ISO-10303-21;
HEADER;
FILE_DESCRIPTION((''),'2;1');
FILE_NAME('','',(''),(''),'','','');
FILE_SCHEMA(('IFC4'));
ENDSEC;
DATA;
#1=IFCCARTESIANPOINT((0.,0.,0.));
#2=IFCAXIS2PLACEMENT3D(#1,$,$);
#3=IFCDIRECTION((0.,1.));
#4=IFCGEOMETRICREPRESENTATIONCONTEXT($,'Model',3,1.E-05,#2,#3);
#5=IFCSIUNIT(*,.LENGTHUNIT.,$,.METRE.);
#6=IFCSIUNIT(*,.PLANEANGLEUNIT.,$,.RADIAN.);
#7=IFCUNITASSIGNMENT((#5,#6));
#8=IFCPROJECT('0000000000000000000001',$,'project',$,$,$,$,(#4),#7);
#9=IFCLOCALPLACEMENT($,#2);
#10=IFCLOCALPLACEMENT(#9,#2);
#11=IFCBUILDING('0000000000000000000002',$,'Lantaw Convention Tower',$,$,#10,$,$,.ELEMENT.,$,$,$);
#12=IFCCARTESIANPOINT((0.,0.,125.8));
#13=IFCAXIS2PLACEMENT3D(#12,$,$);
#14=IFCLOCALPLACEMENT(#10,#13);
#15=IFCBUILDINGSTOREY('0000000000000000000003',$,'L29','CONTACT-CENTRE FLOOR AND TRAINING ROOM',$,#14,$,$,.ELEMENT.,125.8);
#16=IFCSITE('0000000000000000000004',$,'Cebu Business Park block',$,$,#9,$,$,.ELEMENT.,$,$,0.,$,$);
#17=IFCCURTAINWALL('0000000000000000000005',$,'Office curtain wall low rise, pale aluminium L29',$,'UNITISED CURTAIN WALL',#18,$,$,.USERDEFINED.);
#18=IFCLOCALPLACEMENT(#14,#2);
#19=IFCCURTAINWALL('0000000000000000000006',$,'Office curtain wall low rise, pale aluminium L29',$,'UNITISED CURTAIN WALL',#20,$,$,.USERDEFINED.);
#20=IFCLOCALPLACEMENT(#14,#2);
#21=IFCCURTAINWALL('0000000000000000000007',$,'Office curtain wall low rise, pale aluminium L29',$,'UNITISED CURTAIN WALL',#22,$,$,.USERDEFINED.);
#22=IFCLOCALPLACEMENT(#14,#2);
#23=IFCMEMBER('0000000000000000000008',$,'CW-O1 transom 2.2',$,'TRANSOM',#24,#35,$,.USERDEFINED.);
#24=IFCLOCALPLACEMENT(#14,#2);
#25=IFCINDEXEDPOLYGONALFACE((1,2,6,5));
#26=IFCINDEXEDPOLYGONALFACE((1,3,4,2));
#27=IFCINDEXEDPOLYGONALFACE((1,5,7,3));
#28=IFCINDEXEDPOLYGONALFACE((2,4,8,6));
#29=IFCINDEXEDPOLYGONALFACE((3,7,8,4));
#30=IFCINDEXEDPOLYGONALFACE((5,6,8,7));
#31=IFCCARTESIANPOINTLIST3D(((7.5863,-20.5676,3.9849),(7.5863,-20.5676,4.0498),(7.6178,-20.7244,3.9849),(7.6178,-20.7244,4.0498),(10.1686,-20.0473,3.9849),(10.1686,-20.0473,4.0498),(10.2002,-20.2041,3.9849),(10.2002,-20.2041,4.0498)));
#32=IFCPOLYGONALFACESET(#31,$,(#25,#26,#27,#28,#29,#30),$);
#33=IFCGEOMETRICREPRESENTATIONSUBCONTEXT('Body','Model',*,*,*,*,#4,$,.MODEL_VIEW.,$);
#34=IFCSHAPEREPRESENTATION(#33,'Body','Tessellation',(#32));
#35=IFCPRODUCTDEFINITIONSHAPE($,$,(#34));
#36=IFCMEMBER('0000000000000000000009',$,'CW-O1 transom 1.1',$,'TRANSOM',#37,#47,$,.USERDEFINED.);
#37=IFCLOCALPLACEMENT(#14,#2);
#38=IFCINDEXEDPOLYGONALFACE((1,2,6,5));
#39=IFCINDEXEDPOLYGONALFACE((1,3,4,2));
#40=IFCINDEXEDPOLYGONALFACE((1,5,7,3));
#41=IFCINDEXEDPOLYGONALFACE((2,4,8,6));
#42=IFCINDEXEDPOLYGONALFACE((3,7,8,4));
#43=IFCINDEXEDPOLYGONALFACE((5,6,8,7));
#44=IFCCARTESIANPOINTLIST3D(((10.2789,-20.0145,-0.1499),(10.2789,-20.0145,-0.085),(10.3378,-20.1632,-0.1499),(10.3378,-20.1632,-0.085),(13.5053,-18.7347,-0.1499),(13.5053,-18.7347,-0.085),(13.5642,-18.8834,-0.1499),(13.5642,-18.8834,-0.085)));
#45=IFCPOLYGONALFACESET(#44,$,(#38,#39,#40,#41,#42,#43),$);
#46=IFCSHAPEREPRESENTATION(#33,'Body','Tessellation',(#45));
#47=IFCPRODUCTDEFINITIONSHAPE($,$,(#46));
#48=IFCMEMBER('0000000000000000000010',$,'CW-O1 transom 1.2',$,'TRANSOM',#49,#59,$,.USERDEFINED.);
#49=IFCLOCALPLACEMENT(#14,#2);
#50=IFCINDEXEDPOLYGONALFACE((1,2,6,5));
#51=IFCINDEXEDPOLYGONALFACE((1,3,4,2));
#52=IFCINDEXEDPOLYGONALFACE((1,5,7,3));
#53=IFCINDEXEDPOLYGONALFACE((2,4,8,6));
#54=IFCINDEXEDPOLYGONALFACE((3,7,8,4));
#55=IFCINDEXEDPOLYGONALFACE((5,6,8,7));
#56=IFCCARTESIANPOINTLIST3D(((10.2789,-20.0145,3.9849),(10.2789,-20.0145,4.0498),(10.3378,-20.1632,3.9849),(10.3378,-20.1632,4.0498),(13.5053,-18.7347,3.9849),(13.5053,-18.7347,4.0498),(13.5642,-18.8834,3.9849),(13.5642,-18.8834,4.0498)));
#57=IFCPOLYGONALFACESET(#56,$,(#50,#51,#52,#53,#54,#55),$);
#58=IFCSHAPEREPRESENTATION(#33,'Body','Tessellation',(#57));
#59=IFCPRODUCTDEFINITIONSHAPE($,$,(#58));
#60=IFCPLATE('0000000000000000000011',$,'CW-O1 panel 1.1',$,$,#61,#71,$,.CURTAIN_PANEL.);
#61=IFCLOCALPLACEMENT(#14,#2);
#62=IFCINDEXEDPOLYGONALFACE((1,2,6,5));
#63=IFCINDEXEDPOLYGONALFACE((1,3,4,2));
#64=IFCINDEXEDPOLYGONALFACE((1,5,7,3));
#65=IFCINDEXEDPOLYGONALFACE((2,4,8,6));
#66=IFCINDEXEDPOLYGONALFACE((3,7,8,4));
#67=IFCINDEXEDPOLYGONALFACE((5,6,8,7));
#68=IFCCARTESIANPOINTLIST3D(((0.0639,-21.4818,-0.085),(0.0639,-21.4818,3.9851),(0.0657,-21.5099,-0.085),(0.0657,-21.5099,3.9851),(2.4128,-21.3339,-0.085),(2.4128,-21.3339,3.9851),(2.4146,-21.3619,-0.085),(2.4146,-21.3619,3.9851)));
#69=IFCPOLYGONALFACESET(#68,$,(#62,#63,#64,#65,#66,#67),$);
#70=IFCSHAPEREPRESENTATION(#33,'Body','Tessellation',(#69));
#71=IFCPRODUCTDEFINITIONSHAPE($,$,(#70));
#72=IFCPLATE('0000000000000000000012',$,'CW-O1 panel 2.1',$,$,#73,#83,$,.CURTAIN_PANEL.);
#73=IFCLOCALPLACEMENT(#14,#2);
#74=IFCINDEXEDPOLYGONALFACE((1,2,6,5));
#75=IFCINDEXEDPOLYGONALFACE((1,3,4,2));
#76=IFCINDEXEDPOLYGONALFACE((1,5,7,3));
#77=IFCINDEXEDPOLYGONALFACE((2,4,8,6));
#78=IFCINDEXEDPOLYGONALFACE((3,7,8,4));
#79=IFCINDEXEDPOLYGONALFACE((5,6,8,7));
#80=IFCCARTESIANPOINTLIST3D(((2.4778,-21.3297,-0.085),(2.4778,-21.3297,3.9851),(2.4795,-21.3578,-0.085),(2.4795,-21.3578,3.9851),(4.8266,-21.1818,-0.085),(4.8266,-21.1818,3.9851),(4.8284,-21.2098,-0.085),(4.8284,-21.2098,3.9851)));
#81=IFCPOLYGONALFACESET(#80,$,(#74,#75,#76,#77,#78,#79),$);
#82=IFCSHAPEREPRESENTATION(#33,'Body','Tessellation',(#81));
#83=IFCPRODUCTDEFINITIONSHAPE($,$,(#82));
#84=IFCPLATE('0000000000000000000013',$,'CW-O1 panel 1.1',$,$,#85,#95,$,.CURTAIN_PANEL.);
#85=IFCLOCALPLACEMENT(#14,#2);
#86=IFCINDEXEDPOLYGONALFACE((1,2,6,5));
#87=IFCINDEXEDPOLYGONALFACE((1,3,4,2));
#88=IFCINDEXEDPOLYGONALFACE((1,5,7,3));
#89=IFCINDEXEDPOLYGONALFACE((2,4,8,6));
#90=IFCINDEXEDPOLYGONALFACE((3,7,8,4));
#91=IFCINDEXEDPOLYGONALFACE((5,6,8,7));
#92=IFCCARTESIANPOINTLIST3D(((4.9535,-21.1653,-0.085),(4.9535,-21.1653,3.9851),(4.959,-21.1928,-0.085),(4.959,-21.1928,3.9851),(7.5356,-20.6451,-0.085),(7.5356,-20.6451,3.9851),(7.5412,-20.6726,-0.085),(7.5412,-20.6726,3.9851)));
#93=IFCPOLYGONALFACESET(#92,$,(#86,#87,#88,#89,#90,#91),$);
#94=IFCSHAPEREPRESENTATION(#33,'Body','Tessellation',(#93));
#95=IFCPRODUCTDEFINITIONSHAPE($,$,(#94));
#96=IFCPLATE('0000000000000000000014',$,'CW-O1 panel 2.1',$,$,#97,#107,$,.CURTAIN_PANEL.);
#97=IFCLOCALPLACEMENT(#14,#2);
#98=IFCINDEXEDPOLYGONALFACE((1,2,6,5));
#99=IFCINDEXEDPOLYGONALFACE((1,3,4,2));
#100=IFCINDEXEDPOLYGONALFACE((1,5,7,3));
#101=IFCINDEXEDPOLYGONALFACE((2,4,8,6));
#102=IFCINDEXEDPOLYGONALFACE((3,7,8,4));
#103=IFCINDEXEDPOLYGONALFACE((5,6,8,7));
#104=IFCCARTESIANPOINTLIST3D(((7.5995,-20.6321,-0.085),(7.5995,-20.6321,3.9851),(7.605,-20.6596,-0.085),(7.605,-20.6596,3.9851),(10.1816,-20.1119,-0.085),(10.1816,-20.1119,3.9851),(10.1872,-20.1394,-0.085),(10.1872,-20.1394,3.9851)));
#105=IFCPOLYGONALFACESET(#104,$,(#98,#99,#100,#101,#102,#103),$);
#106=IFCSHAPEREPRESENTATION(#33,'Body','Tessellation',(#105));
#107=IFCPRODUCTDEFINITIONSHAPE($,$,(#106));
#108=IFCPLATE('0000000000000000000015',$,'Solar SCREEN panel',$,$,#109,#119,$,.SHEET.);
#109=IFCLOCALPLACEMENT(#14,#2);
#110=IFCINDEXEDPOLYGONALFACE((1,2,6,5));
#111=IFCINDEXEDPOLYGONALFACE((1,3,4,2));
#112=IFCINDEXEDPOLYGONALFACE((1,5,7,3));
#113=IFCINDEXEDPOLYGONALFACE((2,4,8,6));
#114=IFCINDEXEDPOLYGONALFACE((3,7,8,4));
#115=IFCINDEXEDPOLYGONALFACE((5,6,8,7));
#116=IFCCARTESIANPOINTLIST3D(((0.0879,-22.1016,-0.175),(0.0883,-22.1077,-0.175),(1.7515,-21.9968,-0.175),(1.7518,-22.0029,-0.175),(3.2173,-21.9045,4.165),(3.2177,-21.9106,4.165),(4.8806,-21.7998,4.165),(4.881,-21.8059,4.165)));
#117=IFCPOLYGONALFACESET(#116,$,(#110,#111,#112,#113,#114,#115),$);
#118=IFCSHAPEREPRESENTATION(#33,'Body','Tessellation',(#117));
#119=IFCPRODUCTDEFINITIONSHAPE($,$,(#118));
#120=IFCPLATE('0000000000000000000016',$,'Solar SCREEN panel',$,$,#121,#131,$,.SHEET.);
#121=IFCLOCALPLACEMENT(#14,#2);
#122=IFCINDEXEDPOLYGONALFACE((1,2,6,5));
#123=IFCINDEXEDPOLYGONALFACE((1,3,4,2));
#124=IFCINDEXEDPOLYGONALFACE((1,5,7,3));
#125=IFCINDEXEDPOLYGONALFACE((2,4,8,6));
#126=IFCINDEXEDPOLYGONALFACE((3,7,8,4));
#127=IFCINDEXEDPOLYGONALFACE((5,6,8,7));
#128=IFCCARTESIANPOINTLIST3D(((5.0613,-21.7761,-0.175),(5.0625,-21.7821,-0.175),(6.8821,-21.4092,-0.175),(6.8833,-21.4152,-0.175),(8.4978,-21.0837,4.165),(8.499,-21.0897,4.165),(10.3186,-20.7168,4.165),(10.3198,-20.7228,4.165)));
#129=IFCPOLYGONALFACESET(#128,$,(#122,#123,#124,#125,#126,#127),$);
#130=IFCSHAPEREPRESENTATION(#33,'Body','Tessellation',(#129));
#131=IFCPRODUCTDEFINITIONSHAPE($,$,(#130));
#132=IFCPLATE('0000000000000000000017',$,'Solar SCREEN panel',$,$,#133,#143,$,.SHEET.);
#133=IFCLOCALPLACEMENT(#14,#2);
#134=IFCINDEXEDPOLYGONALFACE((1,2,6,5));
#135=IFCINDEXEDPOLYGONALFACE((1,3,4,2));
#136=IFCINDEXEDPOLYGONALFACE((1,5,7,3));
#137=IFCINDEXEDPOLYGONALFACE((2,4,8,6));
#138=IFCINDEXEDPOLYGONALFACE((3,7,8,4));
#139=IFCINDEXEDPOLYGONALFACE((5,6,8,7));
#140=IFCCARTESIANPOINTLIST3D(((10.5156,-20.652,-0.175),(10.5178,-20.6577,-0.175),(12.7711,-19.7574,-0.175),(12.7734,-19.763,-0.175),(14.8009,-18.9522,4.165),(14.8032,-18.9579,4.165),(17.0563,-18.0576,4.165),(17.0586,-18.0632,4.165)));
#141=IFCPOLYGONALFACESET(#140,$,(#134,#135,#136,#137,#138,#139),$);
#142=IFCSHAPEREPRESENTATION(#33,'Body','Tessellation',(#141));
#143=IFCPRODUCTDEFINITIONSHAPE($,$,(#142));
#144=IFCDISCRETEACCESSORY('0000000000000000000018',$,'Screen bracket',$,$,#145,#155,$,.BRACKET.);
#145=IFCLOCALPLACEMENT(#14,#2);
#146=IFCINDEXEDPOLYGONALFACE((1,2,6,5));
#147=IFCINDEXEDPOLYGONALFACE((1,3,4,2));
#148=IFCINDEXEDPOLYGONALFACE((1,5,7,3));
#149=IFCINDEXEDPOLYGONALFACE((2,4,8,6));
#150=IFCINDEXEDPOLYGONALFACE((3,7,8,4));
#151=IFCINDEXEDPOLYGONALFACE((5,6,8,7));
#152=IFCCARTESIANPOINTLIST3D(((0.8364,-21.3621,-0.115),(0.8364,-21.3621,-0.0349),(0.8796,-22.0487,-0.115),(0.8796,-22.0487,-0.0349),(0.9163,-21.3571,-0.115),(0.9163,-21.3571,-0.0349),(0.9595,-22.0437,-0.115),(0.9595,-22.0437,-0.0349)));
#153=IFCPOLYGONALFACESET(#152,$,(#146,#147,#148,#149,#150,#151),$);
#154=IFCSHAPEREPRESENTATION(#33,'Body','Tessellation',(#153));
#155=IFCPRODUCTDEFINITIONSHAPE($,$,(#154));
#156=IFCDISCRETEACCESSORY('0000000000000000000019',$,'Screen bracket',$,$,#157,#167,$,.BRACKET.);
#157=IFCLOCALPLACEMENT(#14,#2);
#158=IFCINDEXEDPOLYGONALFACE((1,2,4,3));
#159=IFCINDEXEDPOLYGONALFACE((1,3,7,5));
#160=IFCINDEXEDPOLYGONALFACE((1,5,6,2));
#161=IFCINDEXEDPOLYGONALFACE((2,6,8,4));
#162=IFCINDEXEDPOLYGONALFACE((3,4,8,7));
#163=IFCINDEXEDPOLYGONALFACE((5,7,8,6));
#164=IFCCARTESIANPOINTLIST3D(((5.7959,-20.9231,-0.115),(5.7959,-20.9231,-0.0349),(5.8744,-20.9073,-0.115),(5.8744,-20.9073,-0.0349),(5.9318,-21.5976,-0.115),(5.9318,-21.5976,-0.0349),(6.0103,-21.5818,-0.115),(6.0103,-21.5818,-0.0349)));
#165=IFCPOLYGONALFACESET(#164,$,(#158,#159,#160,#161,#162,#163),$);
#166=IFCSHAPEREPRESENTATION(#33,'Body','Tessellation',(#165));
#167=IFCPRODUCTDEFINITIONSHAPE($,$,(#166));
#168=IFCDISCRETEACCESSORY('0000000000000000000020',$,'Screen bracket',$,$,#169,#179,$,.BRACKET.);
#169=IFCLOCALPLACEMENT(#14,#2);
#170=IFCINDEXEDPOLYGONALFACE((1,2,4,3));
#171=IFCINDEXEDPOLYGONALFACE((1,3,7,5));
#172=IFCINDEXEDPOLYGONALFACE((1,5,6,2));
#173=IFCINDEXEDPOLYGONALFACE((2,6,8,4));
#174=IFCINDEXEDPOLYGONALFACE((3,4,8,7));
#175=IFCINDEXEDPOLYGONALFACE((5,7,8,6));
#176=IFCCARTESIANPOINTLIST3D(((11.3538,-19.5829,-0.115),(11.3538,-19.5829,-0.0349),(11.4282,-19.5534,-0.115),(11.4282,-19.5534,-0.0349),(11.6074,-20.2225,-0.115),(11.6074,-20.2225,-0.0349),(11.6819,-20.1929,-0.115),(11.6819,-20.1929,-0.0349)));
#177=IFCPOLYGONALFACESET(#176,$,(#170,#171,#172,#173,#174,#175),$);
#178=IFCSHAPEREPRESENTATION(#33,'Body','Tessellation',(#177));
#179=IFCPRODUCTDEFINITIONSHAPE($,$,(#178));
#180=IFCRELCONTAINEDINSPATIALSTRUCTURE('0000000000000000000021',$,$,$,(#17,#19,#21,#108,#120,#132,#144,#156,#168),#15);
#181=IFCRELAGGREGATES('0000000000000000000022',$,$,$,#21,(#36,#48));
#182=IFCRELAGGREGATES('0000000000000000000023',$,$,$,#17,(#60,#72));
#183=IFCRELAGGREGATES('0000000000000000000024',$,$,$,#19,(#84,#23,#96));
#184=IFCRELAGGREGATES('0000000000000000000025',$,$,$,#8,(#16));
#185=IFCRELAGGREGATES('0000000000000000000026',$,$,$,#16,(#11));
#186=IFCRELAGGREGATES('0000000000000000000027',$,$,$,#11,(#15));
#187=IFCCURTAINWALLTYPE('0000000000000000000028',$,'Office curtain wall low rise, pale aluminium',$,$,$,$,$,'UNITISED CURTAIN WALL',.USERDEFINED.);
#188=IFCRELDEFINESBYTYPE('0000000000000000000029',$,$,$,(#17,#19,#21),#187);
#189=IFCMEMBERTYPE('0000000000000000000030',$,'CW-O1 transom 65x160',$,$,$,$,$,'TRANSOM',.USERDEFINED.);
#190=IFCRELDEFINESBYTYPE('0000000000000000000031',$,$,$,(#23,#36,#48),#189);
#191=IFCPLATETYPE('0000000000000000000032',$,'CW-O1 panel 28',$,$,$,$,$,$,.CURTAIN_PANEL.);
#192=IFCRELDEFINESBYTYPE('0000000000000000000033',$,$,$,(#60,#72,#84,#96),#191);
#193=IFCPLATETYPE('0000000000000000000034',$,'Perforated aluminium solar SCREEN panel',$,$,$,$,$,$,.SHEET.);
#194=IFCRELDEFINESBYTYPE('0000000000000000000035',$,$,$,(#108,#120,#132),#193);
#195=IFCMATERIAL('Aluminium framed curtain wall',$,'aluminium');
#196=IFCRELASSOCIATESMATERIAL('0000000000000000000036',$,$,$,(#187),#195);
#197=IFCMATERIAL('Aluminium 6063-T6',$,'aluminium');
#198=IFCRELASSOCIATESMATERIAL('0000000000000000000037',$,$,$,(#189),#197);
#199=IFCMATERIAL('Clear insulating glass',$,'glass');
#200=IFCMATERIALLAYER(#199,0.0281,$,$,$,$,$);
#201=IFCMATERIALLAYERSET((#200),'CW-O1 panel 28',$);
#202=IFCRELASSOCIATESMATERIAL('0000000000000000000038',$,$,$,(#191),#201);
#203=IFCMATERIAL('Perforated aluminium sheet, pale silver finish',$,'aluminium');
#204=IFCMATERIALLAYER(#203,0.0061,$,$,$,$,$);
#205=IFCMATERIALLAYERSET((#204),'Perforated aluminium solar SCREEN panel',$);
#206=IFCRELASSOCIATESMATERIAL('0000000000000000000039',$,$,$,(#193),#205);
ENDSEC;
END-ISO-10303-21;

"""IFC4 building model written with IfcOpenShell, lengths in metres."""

from ifc_helpers import new_model, si_unit, direction, frame, origin, origin_2d, place, context, subcontext, project, spatial, polyline, rectangle, outline, extrude, material, layer, layer_set, material_profile, profile_set, type_object, element, aggregate, save


model = new_model("IFC4")

# Units and contexts
model_context = context("Model", 3, precision=1e-05, world=origin(), true_north=direction((0.0, 1.0)))
body_context = subcontext(model_context, "Body", "Model", "MODEL_VIEW")
ifc_project = project(units=[si_unit("LENGTHUNIT", "METRE"), si_unit("PLANEANGLEUNIT", "RADIAN")], contexts=[model_context])

# Site, building, storey
site_placement = place(None, origin())
site = spatial("IfcSite", under=ifc_project, at=site_placement, Name="Cebu Business Park block", CompositionType="ELEMENT", RefElevation=0.0)
building_placement = place(site_placement, origin())
building = spatial("IfcBuilding", under=site, at=building_placement, Name="Lantaw Convention Tower", CompositionType="ELEMENT")
storey_placement = place(building_placement, frame((0.0, 0.0, 125.8)))
storey = spatial("IfcBuildingStorey", under=building, at=storey_placement, Name="L29", Description="CONTACT-CENTRE FLOOR AND TRAINING ROOM", CompositionType="ELEMENT", Elevation=125.8)

# Curtain walls
ifc_material_1 = material(Name="Aluminium framed curtain wall", Category="aluminium")
curtain_wall_type = type_object("IfcCurtainWallType", Name="Office curtain wall low rise, pale aluminium", ElementType="UNITISED CURTAIN WALL", PredefinedType="USERDEFINED", material=ifc_material_1)
curtain_wall_1_placement = place(storey_placement, origin())
curtain_wall_1 = element("IfcCurtainWall", 1, at=curtain_wall_1_placement, inside=storey, type_object=curtain_wall_type, Name="Office curtain wall low rise, pale aluminium L29", ObjectType="UNITISED CURTAIN WALL", PredefinedType="USERDEFINED")
ifc_material_2 = material(Name="Aluminium 6063-T6", Category="aluminium")
curtain_wall_2_placement = place(storey_placement, origin())
curtain_wall_2 = element("IfcCurtainWall", 2, at=curtain_wall_2_placement, inside=storey, type_object=curtain_wall_type, Name="Office curtain wall low rise, pale aluminium L29", ObjectType="UNITISED CURTAIN WALL", PredefinedType="USERDEFINED")

# Curtain wall
curtain_wall_3_placement = place(storey_placement, origin())
curtain_wall_3 = element("IfcCurtainWall", 3, at=curtain_wall_3_placement, inside=storey, type_object=curtain_wall_type, Name="Office curtain wall low rise, pale aluminium L29", ObjectType="UNITISED CURTAIN WALL", PredefinedType="USERDEFINED")

# Members
ifc_material_profile_1 = material_profile(ifc_material_2, rectangle(XDim=0.1599, YDim=0.0649, at=origin_2d()), Name="CW-O1 transom 65x160")
ifc_profile_set_1 = profile_set([ifc_material_profile_1], Name="Aluminium 6063-T6")
member_type_1 = type_object("IfcMemberType", Name="CW-O1 transom 65x160", ElementType="TRANSOM", PredefinedType="USERDEFINED", material=ifc_profile_set_1)
member_1_placement = place(storey_placement, frame((7.6021, -20.646, 4.0173), z_axis=(0.980302, 0.197506, 0.0), x_axis=(-0.197506, 0.980302, 0.0)))
member_1 = element("IfcMember", 4, at=member_1_placement, type_object=member_type_1, Name="CW-O1 transom 2.2", ObjectType="TRANSOM", PredefinedType="USERDEFINED", context=body_context, shape_type="SweptSolid", body=[
    extrude(rectangle(XDim=0.1599, YDim=0.0649, at=origin_2d()), origin(), (0.0, 0.0, 1.0), 2.6343),
])
member_2_placement = place(storey_placement, frame((10.3083, -20.0889, -0.1174), z_axis=(0.92954, 0.368721, 0.0), x_axis=(-0.368721, 0.92954, 0.0)))
member_2 = element("IfcMember", 5, at=member_2_placement, type_object=member_type_1, Name="CW-O1 transom 1.1", ObjectType="TRANSOM", PredefinedType="USERDEFINED", context=body_context, shape_type="SweptSolid", body=[
    extrude(rectangle(XDim=0.1599, YDim=0.0649, at=origin_2d()), origin(), (0.0, 0.0, 1.0), 3.4709),
])
member_3_placement = place(storey_placement, frame((10.3083, -20.0889, 4.0173), z_axis=(0.92954, 0.368721, 0.0), x_axis=(-0.368721, 0.92954, 0.0)))
member_3 = element("IfcMember", 6, at=member_3_placement, type_object=member_type_1, Name="CW-O1 transom 1.2", ObjectType="TRANSOM", PredefinedType="USERDEFINED", context=body_context, shape_type="SweptSolid", body=[
    extrude(rectangle(XDim=0.1599, YDim=0.0649, at=origin_2d()), origin(), (0.0, 0.0, 1.0), 3.4709),
])
aggregate(curtain_wall_3, [member_2, member_3])

# Plates
ifc_material_3 = material(Name="Clear insulating glass", Category="glass")
ifc_layer_1 = layer(ifc_material_3, 0.0281)
ifc_layer_set_1 = layer_set([ifc_layer_1], Name="CW-O1 panel 28")
plate_type_1 = type_object("IfcPlateType", Name="CW-O1 panel 28", PredefinedType="CURTAIN_PANEL", material=ifc_layer_set_1)
plate_1_placement = place(storey_placement, frame((1.2393, -21.4219, -0.085), z_axis=(0.0, 0.0, 1.0), x_axis=(0.998022, 0.062865, 0.0)))
plate_1 = element("IfcPlate", 7, at=plate_1_placement, type_object=plate_type_1, Name="CW-O1 panel 1.1", PredefinedType="CURTAIN_PANEL", context=body_context, shape_type="SweptSolid", body=[
    extrude(rectangle(XDim=2.3535, YDim=0.0281, at=origin_2d()), origin(), (0.0, 0.0, 1.0), 4.0701),
])
plate_2_placement = place(storey_placement, frame((3.6531, -21.2698, -0.085), z_axis=(0.0, 0.0, 1.0), x_axis=(0.998022, 0.062865, 0.0)))
plate_2 = element("IfcPlate", 8, at=plate_2_placement, type_object=plate_type_1, Name="CW-O1 panel 2.1", PredefinedType="CURTAIN_PANEL", context=body_context, shape_type="SweptSolid", body=[
    extrude(rectangle(XDim=2.3535, YDim=0.0281, at=origin_2d()), origin(), (0.0, 0.0, 1.0), 4.0701),
])
aggregate(curtain_wall_1, [plate_1, plate_2])
plate_3_placement = place(storey_placement, frame((6.2473, -20.9189, -0.085), z_axis=(0.0, 0.0, 1.0), x_axis=(0.980302, 0.197507, 0.0)))
plate_3 = element("IfcPlate", 9, at=plate_3_placement, type_object=plate_type_1, Name="CW-O1 panel 1.1", PredefinedType="CURTAIN_PANEL", context=body_context, shape_type="SweptSolid", body=[
    extrude(rectangle(XDim=2.634, YDim=0.0281, at=origin_2d()), origin(), (0.0, 0.0, 1.0), 4.0701),
])
plate_4_placement = place(storey_placement, frame((8.8933, -20.3857, -0.085), z_axis=(0.0, 0.0, 1.0), x_axis=(0.980302, 0.197507, 0.0)))
plate_4 = element("IfcPlate", 10, at=plate_4_placement, type_object=plate_type_1, Name="CW-O1 panel 2.1", PredefinedType="CURTAIN_PANEL", context=body_context, shape_type="SweptSolid", body=[
    extrude(rectangle(XDim=2.634, YDim=0.0281, at=origin_2d()), origin(), (0.0, 0.0, 1.0), 4.0701),
])
aggregate(curtain_wall_2, [plate_3, member_1, plate_4])

# Plates
ifc_material_4 = material(Name="Perforated aluminium sheet, pale silver finish", Category="aluminium")
ifc_layer_2 = layer(ifc_material_4, 0.0061)
ifc_layer_set_2 = layer_set([ifc_layer_2], Name="Perforated aluminium solar SCREEN panel")
plate_type_2 = type_object("IfcPlateType", Name="Perforated aluminium solar SCREEN panel", PredefinedType="SHEET", material=ifc_layer_set_2)
plate_5_placement = place(storey_placement, frame((0.0879, -22.1016, -0.175), z_axis=(-0.062839, 0.998024, 0.000002), x_axis=(0.998024, 0.062839, 0.0)))
element("IfcPlate", 11, at=plate_5_placement, inside=storey, type_object=plate_type_2, Name="Solar SCREEN panel", PredefinedType="SHEET", context=body_context, shape_type="SweptSolid", body=[
    extrude(outline(polyline([(0.0, 0.0), (1.6669, 0.0), (4.8022, -4.3401), (3.1356, -4.3401), (0.0, 0.0)])), origin(), (0.0, 0.0, -1.0), 0.0061),
])
plate_6_placement = place(storey_placement, frame((5.0613, -21.7761, -0.175), z_axis=(-0.197557, 0.980291, 0.000039), x_axis=(0.980291, 0.197557, 0.0)))
element("IfcPlate", 12, at=plate_6_placement, inside=storey, type_object=plate_type_2, Name="Solar SCREEN panel", PredefinedType="SHEET", context=body_context, shape_type="SweptSolid", body=[
    extrude(outline(polyline([(0.0, 0.0), (1.8574, 0.0), (5.363, -4.3401), (3.5056, -4.3401), (0.0, 0.0)])), origin(), (0.0, 0.0, -1.0), 0.0061),
])
plate_7_placement = place(storey_placement, frame((10.5178, -20.6577, -0.175), z_axis=(0.368709, -0.929545, 0.000011), x_axis=(0.929545, 0.368709, 0.0)))
element("IfcPlate", 13, at=plate_7_placement, inside=storey, type_object=plate_type_2, Name="Solar SCREEN panel", PredefinedType="SHEET", context=body_context, shape_type="SweptSolid", body=[
    extrude(outline(polyline([(0.0, 0.0), (2.4265, 0.0), (7.0365, 4.3401), (4.6102, 4.3401), (0.0, 0.0)])), origin(), (0.0, 0.0, -1.0), 0.0061),
])

# Discrete accessories
for number, where, z_axis, x_axis, name in (
    (14, (0.8979, -21.7029, -0.115), (0.0, 0.0, 1.0), (0.998022, 0.062865, 0.0), "Screen bracket"),
    (15, (5.9031, -21.2524, -0.115), (0.0, 0.0, 1.0), (0.980302, 0.197507, 0.0), "Screen bracket"),
    (16, (11.5178, -19.8879, -0.115), (0.0, 0.0, 1.0), (0.929548, 0.368702, 0.0), "Screen bracket"),
):
    element("IfcDiscreteAccessory", number, at=place(storey_placement, frame(where, z_axis=z_axis, x_axis=x_axis)), inside=storey, Name=name, PredefinedType="BRACKET", context=body_context, shape_type="SweptSolid", body=[
        extrude(rectangle(XDim=0.0801, YDim=0.688, at=origin_2d()), origin(), (0.0, 0.0, 1.0), 0.0801),
    ])

save(model, "model.ifc")
